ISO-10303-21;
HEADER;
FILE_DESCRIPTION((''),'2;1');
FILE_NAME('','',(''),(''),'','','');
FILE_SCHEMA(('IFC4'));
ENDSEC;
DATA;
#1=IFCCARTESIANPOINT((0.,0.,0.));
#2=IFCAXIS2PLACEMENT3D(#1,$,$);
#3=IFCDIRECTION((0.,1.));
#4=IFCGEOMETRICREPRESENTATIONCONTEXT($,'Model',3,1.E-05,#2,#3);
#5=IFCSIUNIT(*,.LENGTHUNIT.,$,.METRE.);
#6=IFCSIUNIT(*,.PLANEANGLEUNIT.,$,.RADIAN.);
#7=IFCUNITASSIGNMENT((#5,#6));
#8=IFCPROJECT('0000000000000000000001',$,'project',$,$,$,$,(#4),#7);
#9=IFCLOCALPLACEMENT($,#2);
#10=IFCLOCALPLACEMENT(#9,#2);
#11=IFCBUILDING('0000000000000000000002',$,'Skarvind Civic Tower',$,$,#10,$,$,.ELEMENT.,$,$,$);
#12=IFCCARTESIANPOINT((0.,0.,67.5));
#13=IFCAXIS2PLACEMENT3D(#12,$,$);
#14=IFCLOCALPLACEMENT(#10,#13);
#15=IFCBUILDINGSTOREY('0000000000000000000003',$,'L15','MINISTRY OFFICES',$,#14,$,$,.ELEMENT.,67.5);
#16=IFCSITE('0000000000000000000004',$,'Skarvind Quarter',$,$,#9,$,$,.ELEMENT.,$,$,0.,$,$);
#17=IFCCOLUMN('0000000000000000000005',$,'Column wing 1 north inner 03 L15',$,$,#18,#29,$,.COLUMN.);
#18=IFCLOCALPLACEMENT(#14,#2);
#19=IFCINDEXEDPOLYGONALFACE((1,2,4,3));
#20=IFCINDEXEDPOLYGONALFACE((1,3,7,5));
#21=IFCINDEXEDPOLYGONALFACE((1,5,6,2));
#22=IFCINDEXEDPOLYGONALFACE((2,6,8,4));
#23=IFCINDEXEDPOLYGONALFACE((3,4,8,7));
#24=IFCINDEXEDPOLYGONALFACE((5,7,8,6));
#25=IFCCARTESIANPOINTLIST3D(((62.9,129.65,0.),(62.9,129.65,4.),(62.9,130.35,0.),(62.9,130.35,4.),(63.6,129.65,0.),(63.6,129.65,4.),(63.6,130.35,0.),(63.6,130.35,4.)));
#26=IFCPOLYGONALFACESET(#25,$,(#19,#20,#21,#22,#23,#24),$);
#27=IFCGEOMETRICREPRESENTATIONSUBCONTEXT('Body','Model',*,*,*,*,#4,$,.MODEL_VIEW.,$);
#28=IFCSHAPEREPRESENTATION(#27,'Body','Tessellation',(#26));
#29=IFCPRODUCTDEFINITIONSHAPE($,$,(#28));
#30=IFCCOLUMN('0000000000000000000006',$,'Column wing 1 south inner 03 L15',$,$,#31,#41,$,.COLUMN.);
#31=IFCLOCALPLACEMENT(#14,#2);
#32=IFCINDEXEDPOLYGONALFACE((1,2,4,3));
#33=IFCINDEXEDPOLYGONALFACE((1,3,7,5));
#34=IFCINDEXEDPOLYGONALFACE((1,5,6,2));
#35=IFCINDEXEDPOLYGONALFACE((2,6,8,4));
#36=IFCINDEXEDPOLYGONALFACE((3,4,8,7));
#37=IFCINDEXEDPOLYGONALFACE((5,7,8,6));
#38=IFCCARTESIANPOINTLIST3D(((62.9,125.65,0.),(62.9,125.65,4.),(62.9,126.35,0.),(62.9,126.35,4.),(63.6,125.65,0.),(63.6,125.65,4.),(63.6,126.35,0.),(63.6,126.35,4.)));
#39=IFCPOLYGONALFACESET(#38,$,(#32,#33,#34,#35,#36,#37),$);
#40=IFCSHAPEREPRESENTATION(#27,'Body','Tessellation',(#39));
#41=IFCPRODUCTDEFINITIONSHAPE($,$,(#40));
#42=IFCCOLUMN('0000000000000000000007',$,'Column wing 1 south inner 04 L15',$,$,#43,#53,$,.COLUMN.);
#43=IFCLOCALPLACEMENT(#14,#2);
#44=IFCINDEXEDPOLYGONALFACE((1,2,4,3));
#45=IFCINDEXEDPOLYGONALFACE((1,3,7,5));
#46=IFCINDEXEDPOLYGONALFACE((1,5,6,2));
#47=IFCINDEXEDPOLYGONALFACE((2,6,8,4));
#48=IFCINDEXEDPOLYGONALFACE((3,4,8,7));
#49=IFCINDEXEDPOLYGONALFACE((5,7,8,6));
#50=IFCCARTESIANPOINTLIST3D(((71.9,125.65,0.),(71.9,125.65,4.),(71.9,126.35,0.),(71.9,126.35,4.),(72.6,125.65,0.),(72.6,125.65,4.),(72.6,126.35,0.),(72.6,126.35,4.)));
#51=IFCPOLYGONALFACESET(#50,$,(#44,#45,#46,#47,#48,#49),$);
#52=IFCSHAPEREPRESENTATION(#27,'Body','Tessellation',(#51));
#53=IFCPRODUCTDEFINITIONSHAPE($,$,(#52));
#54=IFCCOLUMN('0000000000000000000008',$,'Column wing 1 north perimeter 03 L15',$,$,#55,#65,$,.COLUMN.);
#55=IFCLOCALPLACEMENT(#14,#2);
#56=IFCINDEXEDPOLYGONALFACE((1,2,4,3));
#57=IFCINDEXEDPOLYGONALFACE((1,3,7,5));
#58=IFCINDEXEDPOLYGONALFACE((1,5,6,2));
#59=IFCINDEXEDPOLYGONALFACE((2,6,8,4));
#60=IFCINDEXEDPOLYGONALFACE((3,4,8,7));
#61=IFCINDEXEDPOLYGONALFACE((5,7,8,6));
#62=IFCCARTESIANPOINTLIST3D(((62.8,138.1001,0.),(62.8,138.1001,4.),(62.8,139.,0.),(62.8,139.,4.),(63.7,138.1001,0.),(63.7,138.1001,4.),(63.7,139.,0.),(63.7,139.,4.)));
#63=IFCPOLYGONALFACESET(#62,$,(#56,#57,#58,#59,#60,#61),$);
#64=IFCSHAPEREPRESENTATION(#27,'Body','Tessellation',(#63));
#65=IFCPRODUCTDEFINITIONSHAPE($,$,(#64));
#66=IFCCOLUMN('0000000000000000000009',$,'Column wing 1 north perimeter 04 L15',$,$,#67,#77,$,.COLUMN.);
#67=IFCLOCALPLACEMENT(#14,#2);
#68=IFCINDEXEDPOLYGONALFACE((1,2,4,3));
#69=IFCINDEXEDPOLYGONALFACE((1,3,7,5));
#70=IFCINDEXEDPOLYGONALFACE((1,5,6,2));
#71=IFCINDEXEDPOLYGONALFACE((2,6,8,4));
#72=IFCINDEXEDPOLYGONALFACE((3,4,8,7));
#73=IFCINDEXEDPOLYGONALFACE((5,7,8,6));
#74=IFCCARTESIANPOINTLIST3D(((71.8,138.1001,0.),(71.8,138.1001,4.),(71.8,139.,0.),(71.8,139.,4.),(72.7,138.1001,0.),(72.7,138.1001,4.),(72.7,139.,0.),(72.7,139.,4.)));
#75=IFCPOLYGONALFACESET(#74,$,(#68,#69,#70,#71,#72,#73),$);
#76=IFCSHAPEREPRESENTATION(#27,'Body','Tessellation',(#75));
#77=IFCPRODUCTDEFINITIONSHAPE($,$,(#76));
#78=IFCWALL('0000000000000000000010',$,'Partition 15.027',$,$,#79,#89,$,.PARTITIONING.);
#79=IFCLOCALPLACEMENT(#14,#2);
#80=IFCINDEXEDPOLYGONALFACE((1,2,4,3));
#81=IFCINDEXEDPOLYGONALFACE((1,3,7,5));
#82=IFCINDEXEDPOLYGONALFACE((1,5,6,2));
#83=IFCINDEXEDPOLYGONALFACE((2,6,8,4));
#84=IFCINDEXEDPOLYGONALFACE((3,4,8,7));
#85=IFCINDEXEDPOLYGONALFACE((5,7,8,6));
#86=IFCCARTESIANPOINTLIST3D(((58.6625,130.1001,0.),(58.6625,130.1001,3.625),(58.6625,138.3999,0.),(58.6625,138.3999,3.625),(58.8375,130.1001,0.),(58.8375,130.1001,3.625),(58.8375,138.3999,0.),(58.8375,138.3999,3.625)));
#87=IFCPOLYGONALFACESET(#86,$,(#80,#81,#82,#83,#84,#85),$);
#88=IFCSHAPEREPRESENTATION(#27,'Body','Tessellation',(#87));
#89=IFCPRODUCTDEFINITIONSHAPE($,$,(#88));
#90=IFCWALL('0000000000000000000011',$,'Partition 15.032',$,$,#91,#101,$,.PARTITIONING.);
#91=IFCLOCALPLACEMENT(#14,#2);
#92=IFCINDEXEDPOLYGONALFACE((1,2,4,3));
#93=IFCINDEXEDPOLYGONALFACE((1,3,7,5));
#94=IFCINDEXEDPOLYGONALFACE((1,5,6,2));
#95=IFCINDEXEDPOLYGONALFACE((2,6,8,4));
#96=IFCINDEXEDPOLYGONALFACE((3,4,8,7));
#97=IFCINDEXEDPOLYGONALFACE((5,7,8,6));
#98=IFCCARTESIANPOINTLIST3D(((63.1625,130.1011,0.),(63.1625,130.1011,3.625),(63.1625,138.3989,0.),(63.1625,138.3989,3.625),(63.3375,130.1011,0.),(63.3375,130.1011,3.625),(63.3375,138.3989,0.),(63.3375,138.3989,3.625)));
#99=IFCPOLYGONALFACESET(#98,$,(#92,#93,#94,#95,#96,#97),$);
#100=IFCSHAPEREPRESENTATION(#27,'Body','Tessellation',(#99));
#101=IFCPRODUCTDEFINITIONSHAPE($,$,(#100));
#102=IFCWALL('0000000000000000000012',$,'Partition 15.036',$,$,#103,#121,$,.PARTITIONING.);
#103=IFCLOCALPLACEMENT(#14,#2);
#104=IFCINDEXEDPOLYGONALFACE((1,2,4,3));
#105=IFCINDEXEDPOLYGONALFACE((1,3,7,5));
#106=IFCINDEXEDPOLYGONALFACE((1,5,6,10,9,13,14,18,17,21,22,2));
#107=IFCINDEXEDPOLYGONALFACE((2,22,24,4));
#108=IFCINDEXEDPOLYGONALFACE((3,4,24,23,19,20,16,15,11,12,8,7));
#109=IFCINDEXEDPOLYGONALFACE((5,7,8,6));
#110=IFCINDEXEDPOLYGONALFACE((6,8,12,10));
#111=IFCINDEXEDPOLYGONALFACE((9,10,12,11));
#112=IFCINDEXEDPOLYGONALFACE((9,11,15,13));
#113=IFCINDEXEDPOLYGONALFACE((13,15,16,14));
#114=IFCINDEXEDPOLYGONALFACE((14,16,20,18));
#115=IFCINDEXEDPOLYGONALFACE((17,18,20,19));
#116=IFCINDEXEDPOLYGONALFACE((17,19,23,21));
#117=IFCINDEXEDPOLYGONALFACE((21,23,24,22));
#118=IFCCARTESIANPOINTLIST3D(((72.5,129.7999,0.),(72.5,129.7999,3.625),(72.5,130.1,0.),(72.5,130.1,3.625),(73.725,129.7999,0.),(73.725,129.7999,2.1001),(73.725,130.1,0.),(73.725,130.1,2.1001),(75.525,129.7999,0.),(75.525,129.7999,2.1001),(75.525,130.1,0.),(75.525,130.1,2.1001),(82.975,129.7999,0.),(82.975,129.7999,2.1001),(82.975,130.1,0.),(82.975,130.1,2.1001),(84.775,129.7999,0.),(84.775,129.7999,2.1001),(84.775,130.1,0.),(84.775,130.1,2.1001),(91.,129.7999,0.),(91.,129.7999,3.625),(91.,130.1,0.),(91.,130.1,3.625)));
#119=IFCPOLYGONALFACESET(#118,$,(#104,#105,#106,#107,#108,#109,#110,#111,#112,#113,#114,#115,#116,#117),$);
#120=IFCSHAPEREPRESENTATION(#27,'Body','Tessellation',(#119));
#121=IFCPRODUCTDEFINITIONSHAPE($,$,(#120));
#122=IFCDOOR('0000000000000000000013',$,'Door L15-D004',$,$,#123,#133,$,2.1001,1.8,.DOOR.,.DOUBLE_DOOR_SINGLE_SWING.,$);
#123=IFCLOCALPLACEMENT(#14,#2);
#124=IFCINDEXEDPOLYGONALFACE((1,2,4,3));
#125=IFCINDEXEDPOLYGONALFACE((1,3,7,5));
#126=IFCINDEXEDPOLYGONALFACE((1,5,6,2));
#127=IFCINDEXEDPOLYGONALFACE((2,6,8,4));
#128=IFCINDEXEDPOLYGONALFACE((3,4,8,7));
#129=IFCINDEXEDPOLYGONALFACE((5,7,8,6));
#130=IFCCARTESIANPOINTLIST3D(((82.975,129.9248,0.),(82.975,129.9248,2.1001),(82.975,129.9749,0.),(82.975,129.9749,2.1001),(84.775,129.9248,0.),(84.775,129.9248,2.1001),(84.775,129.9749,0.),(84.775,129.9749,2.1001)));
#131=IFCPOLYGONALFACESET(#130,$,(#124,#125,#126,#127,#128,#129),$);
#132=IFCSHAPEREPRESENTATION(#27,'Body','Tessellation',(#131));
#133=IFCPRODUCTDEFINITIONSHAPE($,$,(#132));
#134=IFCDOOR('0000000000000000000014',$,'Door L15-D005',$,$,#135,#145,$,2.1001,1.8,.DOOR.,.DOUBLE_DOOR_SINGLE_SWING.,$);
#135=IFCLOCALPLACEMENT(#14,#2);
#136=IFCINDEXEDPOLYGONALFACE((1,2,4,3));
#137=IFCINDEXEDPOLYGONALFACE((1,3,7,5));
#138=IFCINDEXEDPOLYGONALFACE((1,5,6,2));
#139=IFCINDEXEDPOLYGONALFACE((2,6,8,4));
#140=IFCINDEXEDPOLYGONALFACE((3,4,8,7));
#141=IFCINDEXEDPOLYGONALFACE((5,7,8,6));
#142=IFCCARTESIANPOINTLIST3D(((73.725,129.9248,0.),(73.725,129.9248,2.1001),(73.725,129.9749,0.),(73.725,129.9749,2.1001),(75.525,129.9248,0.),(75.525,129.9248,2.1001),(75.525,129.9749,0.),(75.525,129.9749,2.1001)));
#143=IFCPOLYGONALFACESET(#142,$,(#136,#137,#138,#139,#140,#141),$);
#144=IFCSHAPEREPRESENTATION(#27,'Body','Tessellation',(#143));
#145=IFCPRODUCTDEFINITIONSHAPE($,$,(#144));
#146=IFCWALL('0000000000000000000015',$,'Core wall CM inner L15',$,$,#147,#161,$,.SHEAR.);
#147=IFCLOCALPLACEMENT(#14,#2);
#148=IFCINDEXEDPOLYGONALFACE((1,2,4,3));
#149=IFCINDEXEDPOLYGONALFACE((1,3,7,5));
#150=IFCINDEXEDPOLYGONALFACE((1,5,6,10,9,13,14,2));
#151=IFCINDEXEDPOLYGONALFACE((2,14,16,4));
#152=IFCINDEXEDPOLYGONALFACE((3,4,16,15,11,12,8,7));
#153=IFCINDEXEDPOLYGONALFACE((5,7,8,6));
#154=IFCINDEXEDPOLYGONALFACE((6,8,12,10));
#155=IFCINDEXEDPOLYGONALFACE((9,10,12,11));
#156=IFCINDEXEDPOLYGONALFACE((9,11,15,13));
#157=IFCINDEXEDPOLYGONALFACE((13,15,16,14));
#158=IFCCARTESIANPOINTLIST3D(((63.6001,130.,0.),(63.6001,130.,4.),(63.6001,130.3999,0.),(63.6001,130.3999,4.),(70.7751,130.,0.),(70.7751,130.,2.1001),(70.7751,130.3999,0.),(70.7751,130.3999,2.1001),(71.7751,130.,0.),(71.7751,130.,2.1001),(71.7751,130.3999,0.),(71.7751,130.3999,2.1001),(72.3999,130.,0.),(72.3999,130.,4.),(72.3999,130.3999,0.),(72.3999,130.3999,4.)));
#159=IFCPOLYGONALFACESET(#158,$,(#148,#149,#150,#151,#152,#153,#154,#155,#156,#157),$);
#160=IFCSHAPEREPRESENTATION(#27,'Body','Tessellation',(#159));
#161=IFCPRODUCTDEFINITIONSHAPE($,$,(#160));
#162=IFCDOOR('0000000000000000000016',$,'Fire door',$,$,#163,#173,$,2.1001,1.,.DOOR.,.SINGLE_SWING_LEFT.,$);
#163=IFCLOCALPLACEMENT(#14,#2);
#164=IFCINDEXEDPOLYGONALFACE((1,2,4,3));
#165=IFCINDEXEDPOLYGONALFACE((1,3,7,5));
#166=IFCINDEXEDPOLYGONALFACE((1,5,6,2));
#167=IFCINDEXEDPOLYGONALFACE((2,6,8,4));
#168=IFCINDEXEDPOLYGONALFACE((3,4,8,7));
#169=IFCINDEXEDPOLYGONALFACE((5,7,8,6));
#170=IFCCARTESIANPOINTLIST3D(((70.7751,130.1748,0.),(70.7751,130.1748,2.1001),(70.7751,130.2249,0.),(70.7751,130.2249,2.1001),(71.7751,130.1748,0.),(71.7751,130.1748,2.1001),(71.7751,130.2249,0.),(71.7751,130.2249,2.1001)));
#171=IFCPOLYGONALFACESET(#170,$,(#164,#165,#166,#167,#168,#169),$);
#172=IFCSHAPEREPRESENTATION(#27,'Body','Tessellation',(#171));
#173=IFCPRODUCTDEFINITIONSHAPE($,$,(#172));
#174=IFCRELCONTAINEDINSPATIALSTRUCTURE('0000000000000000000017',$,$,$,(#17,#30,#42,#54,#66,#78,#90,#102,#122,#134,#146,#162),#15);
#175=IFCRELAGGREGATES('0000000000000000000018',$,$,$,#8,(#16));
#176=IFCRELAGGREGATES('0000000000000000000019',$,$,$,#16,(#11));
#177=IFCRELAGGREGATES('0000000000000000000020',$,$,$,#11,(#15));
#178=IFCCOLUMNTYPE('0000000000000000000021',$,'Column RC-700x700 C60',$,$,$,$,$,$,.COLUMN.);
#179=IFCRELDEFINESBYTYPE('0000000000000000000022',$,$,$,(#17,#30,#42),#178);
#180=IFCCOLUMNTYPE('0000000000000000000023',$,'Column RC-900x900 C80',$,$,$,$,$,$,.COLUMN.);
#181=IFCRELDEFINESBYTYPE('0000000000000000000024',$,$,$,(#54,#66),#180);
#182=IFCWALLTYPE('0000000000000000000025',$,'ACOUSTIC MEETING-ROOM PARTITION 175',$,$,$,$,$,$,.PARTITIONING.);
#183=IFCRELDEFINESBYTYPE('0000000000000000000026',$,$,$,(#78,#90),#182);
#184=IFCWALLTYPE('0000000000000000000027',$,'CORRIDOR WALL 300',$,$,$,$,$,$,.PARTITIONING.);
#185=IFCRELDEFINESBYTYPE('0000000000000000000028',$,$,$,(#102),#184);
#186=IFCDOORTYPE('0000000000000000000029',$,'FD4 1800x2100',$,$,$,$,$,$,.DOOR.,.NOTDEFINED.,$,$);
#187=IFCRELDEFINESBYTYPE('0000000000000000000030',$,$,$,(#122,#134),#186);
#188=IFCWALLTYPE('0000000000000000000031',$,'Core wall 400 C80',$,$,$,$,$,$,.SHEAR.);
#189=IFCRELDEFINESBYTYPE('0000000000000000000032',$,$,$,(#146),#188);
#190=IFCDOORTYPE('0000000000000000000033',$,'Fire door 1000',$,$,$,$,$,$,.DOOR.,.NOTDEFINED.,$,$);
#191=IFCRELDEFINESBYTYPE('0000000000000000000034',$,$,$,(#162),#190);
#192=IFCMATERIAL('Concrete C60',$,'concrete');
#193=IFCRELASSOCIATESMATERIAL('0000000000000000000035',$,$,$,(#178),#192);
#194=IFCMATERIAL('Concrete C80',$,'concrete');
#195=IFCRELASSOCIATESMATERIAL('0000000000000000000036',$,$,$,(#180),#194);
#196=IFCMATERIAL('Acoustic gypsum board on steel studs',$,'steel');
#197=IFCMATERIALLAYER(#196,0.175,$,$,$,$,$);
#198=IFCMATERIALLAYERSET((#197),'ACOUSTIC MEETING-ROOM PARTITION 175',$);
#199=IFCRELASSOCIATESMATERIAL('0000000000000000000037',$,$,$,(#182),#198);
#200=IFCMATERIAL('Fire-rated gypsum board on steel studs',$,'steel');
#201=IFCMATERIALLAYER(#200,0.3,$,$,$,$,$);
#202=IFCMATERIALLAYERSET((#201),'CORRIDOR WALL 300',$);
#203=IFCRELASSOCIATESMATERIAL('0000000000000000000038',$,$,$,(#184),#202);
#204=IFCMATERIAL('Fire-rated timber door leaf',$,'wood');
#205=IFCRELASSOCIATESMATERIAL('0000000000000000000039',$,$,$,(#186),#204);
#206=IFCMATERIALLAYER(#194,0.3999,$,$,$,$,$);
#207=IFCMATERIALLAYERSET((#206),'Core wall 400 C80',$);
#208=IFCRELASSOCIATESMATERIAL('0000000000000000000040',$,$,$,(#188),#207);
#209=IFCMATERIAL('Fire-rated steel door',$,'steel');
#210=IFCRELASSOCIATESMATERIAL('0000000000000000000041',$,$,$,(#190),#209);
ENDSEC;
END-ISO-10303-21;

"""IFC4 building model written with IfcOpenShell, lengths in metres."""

from ifc_helpers import new_model, si_unit, direction, frame, frame_2d, origin, origin_2d, place, context, subcontext, project, spatial, rectangle, extrude, material, layer, layer_set, material_profile, profile_set, type_object, element, fill, save


model = new_model("IFC4")

# Units and contexts
model_context = context("Model", 3, precision=1e-05, world=origin(), true_north=direction((0.0, 1.0)))
body_context = subcontext(model_context, "Body", "Model", "MODEL_VIEW")
ifc_project = project(units=[si_unit("LENGTHUNIT", "METRE"), si_unit("PLANEANGLEUNIT", "RADIAN")], contexts=[model_context])

# Site, building, storey
site_placement = place(None, origin())
site = spatial("IfcSite", under=ifc_project, at=site_placement, Name="Skarvind Quarter", CompositionType="ELEMENT", RefElevation=0.0)
building_placement = place(site_placement, origin())
building = spatial("IfcBuilding", under=site, at=building_placement, Name="Skarvind Civic Tower", CompositionType="ELEMENT")
storey_placement = place(building_placement, frame((0.0, 0.0, 67.5)))
storey = spatial("IfcBuildingStorey", under=building, at=storey_placement, Name="L15", Description="MINISTRY OFFICES", CompositionType="ELEMENT", Elevation=67.5)

# Columns
ifc_material_1 = material(Name="Concrete C60", Category="concrete")
ifc_material_profile_1 = material_profile(ifc_material_1, rectangle(XDim=0.7, YDim=0.7, at=origin_2d()), Name="RC-700x700")
ifc_profile_set_1 = profile_set([ifc_material_profile_1], Name="Concrete C60")
column_type_1 = type_object("IfcColumnType", Name="Column RC-700x700 C60", PredefinedType="COLUMN", material=ifc_profile_set_1)
for number, where, z_axis, x_axis, name in (
    (1, (63.25, 130.0, 0.0), (0.0, 0.0, 1.0), (1.0, 0.0, 0.0), "Column wing 1 north inner 03 L15"),
    (2, (63.25, 126.0, 0.0), (0.0, 0.0, 1.0), (1.0, 0.0, 0.0), "Column wing 1 south inner 03 L15"),
    (3, (72.25, 126.0, 0.0), (0.0, 0.0, 1.0), (1.0, 0.0, 0.0), "Column wing 1 south inner 04 L15"),
):
    element("IfcColumn", number, at=place(storey_placement, frame(where, z_axis=z_axis, x_axis=x_axis)), inside=storey, type_object=column_type_1, Name=name, PredefinedType="COLUMN", context=body_context, shape_type="SweptSolid", body=[
        extrude(rectangle(XDim=0.7, YDim=0.7, at=origin_2d()), origin(), (0.0, 0.0, 1.0), 4.0),
    ])
ifc_material_2 = material(Name="Concrete C80", Category="concrete")
ifc_material_profile_2 = material_profile(ifc_material_2, rectangle(XDim=0.8999, YDim=0.8999, at=origin_2d()), Name="RC-900x900")
ifc_profile_set_2 = profile_set([ifc_material_profile_2], Name="Concrete C80")
column_type_2 = type_object("IfcColumnType", Name="Column RC-900x900 C80", PredefinedType="COLUMN", material=ifc_profile_set_2)
for number, where, z_axis, x_axis, name in (
    (4, (63.25, 138.55, 0.0), (0.0, 0.0, 1.0), (1.0, 0.0, 0.0), "Column wing 1 north perimeter 03 L15"),
    (5, (72.25, 138.55, 0.0), (0.0, 0.0, 1.0), (1.0, 0.0, 0.0), "Column wing 1 north perimeter 04 L15"),
):
    element("IfcColumn", number, at=place(storey_placement, frame(where, z_axis=z_axis, x_axis=x_axis)), inside=storey, type_object=column_type_2, Name=name, PredefinedType="COLUMN", context=body_context, shape_type="SweptSolid", body=[
        extrude(rectangle(XDim=0.8999, YDim=0.8999, at=origin_2d()), origin(), (0.0, 0.0, 1.0), 4.0),
    ])

# Walls
ifc_material_3 = material(Name="Acoustic gypsum board on steel studs", Category="steel")
ifc_layer_1 = layer(ifc_material_3, 0.175)
ifc_layer_set_1 = layer_set([ifc_layer_1], Name="ACOUSTIC MEETING-ROOM PARTITION 175")
wall_type_1 = type_object("IfcWallType", Name="ACOUSTIC MEETING-ROOM PARTITION 175", PredefinedType="PARTITIONING", material=ifc_layer_set_1)
wall_1_placement = place(storey_placement, frame((58.75, 130.1001, 0.0), z_axis=(0.0, 0.0, 1.0), x_axis=(0.0, 1.0, 0.0)))
element("IfcWall", 6, at=wall_1_placement, inside=storey, type_object=wall_type_1, Name="Partition 15.027", PredefinedType="PARTITIONING", context=body_context, shape_type="SweptSolid", body=[
    extrude(rectangle(XDim=8.2998, YDim=0.175, at=frame_2d((4.1499, 0.0))), origin(), (0.0, 0.0, 1.0), 3.625),
])
wall_2_placement = place(storey_placement, frame((63.25, 130.1011, 0.0), z_axis=(0.0, 0.0, 1.0), x_axis=(0.0, 1.0, 0.0)))
element("IfcWall", 7, at=wall_2_placement, inside=storey, type_object=wall_type_1, Name="Partition 15.032", PredefinedType="PARTITIONING", context=body_context, shape_type="SweptSolid", body=[
    extrude(rectangle(XDim=8.2979, YDim=0.175, at=frame_2d((4.1489, 0.0))), origin(), (0.0, 0.0, 1.0), 3.625),
])

# Wall, openings, doors
ifc_material_4 = material(Name="Fire-rated gypsum board on steel studs", Category="steel")
ifc_layer_2 = layer(ifc_material_4, 0.3)
ifc_layer_set_2 = layer_set([ifc_layer_2], Name="CORRIDOR WALL 300")
wall_type_2 = type_object("IfcWallType", Name="CORRIDOR WALL 300", PredefinedType="PARTITIONING", material=ifc_layer_set_2)
wall_3_placement = place(storey_placement, frame((72.5, 129.95, 0.0), z_axis=(0.0, 0.0, 1.0), x_axis=(1.0, 0.0, 0.0)))
wall_3 = element("IfcWall", 8, at=wall_3_placement, inside=storey, type_object=wall_type_2, Name="Partition 15.036", PredefinedType="PARTITIONING", context=body_context, shape_type="SweptSolid", body=[
    extrude(rectangle(XDim=18.5, YDim=0.3, at=frame_2d((9.25, 0.0))), origin(), (0.0, 0.0, 1.0), 3.625),
])
opening_1_placement = place(wall_3_placement, frame((10.4751, 0.0, 0.0)))
opening_1 = element("IfcOpeningElement", 9, at=opening_1_placement, cuts=wall_3, PredefinedType="OPENING", context=body_context, shape_type="SweptSolid", body=[
    extrude(rectangle(XDim=1.8, YDim=2.1001, at=frame_2d((0.8999, 1.05))), frame((0.0, 0.1599, 0.0), z_axis=(0.0, -1.0, 0.0), x_axis=(1.0, 0.0, 0.0)), (0.0, 0.0, 1.0), 0.3201),
])
opening_2_placement = place(wall_3_placement, frame((1.2251, 0.0, 0.0)))
opening_2 = element("IfcOpeningElement", 10, at=opening_2_placement, cuts=wall_3, PredefinedType="OPENING", context=body_context, shape_type="SweptSolid", body=[
    extrude(rectangle(XDim=1.8, YDim=2.1001, at=frame_2d((0.8999, 1.05))), frame((0.0, 0.1599, 0.0), z_axis=(0.0, -1.0, 0.0), x_axis=(1.0, 0.0, 0.0)), (0.0, 0.0, 1.0), 0.3201),
])
ifc_material_5 = material(Name="Fire-rated timber door leaf", Category="wood")
door_type_1 = type_object("IfcDoorType", Name="FD4 1800x2100", OperationType="NOTDEFINED", PredefinedType="DOOR", material=ifc_material_5)
door_1_placement = place(opening_1_placement, origin())
door_1 = element("IfcDoor", 11, at=door_1_placement, inside=storey, type_object=door_type_1, Name="Door L15-D004", OperationType="DOUBLE_DOOR_SINGLE_SWING", OverallHeight=2.1001, OverallWidth=1.8, PredefinedType="DOOR", context=body_context, shape_type="SweptSolid", body=[
    extrude(rectangle(XDim=1.8, YDim=2.1001, at=frame_2d((0.8999, 1.05))), frame((0.0, 0.0249, 0.0), z_axis=(0.0, -1.0, 0.0), x_axis=(1.0, 0.0, 0.0)), (0.0, 0.0, 1.0), 0.05),
])
fill(opening_1, door_1)
door_2_placement = place(opening_2_placement, origin())
door_2 = element("IfcDoor", 12, at=door_2_placement, inside=storey, type_object=door_type_1, Name="Door L15-D005", OperationType="DOUBLE_DOOR_SINGLE_SWING", OverallHeight=2.1001, OverallWidth=1.8, PredefinedType="DOOR", context=body_context, shape_type="SweptSolid", body=[
    extrude(rectangle(XDim=1.8, YDim=2.1001, at=frame_2d((0.8999, 1.05))), frame((0.0, 0.0249, 0.0), z_axis=(0.0, -1.0, 0.0), x_axis=(1.0, 0.0, 0.0)), (0.0, 0.0, 1.0), 0.05),
])
fill(opening_2, door_2)

# Wall, opening, door
ifc_layer_3 = layer(ifc_material_2, 0.3999)
ifc_layer_set_3 = layer_set([ifc_layer_3], Name="Core wall 400 C80")
wall_type_3 = type_object("IfcWallType", Name="Core wall 400 C80", PredefinedType="SHEAR", material=ifc_layer_set_3)
wall_4_placement = place(storey_placement, frame((63.6001, 130.2, 0.0), z_axis=(0.0, 0.0, 1.0), x_axis=(1.0, 0.0, 0.0)))
wall_4 = element("IfcWall", 13, at=wall_4_placement, inside=storey, type_object=wall_type_3, Name="Core wall CM inner L15", PredefinedType="SHEAR", context=body_context, shape_type="SweptSolid", body=[
    extrude(rectangle(XDim=8.7998, YDim=0.3999, at=frame_2d((4.3999, 0.0))), origin(), (0.0, 0.0, 1.0), 4.0),
])
opening_3_placement = place(wall_4_placement, frame((7.175, 0.0, 0.0)))
opening_3 = element("IfcOpeningElement", 14, at=opening_3_placement, cuts=wall_4, PredefinedType="OPENING", context=body_context, shape_type="SweptSolid", body=[
    extrude(rectangle(XDim=1.0, YDim=2.1001, at=frame_2d((0.5, 1.05))), frame((0.0, 0.21, 0.0), z_axis=(0.0, -1.0, 0.0), x_axis=(1.0, 0.0, 0.0)), (0.0, 0.0, 1.0), 0.4199),
])
ifc_material_6 = material(Name="Fire-rated steel door", Category="steel")
door_type_2 = type_object("IfcDoorType", Name="Fire door 1000", OperationType="NOTDEFINED", PredefinedType="DOOR", material=ifc_material_6)
door_3_placement = place(opening_3_placement, origin())
door_3 = element("IfcDoor", 15, at=door_3_placement, inside=storey, type_object=door_type_2, Name="Fire door", OperationType="SINGLE_SWING_LEFT", OverallHeight=2.1001, OverallWidth=1.0, PredefinedType="DOOR", context=body_context, shape_type="SweptSolid", body=[
    extrude(rectangle(XDim=1.0, YDim=2.1001, at=frame_2d((0.5, 1.05))), frame((0.0, 0.0249, 0.0), z_axis=(0.0, -1.0, 0.0), x_axis=(1.0, 0.0, 0.0)), (0.0, 0.0, 1.0), 0.05),
])
fill(opening_3, door_3)

save(model, "model.ifc")
